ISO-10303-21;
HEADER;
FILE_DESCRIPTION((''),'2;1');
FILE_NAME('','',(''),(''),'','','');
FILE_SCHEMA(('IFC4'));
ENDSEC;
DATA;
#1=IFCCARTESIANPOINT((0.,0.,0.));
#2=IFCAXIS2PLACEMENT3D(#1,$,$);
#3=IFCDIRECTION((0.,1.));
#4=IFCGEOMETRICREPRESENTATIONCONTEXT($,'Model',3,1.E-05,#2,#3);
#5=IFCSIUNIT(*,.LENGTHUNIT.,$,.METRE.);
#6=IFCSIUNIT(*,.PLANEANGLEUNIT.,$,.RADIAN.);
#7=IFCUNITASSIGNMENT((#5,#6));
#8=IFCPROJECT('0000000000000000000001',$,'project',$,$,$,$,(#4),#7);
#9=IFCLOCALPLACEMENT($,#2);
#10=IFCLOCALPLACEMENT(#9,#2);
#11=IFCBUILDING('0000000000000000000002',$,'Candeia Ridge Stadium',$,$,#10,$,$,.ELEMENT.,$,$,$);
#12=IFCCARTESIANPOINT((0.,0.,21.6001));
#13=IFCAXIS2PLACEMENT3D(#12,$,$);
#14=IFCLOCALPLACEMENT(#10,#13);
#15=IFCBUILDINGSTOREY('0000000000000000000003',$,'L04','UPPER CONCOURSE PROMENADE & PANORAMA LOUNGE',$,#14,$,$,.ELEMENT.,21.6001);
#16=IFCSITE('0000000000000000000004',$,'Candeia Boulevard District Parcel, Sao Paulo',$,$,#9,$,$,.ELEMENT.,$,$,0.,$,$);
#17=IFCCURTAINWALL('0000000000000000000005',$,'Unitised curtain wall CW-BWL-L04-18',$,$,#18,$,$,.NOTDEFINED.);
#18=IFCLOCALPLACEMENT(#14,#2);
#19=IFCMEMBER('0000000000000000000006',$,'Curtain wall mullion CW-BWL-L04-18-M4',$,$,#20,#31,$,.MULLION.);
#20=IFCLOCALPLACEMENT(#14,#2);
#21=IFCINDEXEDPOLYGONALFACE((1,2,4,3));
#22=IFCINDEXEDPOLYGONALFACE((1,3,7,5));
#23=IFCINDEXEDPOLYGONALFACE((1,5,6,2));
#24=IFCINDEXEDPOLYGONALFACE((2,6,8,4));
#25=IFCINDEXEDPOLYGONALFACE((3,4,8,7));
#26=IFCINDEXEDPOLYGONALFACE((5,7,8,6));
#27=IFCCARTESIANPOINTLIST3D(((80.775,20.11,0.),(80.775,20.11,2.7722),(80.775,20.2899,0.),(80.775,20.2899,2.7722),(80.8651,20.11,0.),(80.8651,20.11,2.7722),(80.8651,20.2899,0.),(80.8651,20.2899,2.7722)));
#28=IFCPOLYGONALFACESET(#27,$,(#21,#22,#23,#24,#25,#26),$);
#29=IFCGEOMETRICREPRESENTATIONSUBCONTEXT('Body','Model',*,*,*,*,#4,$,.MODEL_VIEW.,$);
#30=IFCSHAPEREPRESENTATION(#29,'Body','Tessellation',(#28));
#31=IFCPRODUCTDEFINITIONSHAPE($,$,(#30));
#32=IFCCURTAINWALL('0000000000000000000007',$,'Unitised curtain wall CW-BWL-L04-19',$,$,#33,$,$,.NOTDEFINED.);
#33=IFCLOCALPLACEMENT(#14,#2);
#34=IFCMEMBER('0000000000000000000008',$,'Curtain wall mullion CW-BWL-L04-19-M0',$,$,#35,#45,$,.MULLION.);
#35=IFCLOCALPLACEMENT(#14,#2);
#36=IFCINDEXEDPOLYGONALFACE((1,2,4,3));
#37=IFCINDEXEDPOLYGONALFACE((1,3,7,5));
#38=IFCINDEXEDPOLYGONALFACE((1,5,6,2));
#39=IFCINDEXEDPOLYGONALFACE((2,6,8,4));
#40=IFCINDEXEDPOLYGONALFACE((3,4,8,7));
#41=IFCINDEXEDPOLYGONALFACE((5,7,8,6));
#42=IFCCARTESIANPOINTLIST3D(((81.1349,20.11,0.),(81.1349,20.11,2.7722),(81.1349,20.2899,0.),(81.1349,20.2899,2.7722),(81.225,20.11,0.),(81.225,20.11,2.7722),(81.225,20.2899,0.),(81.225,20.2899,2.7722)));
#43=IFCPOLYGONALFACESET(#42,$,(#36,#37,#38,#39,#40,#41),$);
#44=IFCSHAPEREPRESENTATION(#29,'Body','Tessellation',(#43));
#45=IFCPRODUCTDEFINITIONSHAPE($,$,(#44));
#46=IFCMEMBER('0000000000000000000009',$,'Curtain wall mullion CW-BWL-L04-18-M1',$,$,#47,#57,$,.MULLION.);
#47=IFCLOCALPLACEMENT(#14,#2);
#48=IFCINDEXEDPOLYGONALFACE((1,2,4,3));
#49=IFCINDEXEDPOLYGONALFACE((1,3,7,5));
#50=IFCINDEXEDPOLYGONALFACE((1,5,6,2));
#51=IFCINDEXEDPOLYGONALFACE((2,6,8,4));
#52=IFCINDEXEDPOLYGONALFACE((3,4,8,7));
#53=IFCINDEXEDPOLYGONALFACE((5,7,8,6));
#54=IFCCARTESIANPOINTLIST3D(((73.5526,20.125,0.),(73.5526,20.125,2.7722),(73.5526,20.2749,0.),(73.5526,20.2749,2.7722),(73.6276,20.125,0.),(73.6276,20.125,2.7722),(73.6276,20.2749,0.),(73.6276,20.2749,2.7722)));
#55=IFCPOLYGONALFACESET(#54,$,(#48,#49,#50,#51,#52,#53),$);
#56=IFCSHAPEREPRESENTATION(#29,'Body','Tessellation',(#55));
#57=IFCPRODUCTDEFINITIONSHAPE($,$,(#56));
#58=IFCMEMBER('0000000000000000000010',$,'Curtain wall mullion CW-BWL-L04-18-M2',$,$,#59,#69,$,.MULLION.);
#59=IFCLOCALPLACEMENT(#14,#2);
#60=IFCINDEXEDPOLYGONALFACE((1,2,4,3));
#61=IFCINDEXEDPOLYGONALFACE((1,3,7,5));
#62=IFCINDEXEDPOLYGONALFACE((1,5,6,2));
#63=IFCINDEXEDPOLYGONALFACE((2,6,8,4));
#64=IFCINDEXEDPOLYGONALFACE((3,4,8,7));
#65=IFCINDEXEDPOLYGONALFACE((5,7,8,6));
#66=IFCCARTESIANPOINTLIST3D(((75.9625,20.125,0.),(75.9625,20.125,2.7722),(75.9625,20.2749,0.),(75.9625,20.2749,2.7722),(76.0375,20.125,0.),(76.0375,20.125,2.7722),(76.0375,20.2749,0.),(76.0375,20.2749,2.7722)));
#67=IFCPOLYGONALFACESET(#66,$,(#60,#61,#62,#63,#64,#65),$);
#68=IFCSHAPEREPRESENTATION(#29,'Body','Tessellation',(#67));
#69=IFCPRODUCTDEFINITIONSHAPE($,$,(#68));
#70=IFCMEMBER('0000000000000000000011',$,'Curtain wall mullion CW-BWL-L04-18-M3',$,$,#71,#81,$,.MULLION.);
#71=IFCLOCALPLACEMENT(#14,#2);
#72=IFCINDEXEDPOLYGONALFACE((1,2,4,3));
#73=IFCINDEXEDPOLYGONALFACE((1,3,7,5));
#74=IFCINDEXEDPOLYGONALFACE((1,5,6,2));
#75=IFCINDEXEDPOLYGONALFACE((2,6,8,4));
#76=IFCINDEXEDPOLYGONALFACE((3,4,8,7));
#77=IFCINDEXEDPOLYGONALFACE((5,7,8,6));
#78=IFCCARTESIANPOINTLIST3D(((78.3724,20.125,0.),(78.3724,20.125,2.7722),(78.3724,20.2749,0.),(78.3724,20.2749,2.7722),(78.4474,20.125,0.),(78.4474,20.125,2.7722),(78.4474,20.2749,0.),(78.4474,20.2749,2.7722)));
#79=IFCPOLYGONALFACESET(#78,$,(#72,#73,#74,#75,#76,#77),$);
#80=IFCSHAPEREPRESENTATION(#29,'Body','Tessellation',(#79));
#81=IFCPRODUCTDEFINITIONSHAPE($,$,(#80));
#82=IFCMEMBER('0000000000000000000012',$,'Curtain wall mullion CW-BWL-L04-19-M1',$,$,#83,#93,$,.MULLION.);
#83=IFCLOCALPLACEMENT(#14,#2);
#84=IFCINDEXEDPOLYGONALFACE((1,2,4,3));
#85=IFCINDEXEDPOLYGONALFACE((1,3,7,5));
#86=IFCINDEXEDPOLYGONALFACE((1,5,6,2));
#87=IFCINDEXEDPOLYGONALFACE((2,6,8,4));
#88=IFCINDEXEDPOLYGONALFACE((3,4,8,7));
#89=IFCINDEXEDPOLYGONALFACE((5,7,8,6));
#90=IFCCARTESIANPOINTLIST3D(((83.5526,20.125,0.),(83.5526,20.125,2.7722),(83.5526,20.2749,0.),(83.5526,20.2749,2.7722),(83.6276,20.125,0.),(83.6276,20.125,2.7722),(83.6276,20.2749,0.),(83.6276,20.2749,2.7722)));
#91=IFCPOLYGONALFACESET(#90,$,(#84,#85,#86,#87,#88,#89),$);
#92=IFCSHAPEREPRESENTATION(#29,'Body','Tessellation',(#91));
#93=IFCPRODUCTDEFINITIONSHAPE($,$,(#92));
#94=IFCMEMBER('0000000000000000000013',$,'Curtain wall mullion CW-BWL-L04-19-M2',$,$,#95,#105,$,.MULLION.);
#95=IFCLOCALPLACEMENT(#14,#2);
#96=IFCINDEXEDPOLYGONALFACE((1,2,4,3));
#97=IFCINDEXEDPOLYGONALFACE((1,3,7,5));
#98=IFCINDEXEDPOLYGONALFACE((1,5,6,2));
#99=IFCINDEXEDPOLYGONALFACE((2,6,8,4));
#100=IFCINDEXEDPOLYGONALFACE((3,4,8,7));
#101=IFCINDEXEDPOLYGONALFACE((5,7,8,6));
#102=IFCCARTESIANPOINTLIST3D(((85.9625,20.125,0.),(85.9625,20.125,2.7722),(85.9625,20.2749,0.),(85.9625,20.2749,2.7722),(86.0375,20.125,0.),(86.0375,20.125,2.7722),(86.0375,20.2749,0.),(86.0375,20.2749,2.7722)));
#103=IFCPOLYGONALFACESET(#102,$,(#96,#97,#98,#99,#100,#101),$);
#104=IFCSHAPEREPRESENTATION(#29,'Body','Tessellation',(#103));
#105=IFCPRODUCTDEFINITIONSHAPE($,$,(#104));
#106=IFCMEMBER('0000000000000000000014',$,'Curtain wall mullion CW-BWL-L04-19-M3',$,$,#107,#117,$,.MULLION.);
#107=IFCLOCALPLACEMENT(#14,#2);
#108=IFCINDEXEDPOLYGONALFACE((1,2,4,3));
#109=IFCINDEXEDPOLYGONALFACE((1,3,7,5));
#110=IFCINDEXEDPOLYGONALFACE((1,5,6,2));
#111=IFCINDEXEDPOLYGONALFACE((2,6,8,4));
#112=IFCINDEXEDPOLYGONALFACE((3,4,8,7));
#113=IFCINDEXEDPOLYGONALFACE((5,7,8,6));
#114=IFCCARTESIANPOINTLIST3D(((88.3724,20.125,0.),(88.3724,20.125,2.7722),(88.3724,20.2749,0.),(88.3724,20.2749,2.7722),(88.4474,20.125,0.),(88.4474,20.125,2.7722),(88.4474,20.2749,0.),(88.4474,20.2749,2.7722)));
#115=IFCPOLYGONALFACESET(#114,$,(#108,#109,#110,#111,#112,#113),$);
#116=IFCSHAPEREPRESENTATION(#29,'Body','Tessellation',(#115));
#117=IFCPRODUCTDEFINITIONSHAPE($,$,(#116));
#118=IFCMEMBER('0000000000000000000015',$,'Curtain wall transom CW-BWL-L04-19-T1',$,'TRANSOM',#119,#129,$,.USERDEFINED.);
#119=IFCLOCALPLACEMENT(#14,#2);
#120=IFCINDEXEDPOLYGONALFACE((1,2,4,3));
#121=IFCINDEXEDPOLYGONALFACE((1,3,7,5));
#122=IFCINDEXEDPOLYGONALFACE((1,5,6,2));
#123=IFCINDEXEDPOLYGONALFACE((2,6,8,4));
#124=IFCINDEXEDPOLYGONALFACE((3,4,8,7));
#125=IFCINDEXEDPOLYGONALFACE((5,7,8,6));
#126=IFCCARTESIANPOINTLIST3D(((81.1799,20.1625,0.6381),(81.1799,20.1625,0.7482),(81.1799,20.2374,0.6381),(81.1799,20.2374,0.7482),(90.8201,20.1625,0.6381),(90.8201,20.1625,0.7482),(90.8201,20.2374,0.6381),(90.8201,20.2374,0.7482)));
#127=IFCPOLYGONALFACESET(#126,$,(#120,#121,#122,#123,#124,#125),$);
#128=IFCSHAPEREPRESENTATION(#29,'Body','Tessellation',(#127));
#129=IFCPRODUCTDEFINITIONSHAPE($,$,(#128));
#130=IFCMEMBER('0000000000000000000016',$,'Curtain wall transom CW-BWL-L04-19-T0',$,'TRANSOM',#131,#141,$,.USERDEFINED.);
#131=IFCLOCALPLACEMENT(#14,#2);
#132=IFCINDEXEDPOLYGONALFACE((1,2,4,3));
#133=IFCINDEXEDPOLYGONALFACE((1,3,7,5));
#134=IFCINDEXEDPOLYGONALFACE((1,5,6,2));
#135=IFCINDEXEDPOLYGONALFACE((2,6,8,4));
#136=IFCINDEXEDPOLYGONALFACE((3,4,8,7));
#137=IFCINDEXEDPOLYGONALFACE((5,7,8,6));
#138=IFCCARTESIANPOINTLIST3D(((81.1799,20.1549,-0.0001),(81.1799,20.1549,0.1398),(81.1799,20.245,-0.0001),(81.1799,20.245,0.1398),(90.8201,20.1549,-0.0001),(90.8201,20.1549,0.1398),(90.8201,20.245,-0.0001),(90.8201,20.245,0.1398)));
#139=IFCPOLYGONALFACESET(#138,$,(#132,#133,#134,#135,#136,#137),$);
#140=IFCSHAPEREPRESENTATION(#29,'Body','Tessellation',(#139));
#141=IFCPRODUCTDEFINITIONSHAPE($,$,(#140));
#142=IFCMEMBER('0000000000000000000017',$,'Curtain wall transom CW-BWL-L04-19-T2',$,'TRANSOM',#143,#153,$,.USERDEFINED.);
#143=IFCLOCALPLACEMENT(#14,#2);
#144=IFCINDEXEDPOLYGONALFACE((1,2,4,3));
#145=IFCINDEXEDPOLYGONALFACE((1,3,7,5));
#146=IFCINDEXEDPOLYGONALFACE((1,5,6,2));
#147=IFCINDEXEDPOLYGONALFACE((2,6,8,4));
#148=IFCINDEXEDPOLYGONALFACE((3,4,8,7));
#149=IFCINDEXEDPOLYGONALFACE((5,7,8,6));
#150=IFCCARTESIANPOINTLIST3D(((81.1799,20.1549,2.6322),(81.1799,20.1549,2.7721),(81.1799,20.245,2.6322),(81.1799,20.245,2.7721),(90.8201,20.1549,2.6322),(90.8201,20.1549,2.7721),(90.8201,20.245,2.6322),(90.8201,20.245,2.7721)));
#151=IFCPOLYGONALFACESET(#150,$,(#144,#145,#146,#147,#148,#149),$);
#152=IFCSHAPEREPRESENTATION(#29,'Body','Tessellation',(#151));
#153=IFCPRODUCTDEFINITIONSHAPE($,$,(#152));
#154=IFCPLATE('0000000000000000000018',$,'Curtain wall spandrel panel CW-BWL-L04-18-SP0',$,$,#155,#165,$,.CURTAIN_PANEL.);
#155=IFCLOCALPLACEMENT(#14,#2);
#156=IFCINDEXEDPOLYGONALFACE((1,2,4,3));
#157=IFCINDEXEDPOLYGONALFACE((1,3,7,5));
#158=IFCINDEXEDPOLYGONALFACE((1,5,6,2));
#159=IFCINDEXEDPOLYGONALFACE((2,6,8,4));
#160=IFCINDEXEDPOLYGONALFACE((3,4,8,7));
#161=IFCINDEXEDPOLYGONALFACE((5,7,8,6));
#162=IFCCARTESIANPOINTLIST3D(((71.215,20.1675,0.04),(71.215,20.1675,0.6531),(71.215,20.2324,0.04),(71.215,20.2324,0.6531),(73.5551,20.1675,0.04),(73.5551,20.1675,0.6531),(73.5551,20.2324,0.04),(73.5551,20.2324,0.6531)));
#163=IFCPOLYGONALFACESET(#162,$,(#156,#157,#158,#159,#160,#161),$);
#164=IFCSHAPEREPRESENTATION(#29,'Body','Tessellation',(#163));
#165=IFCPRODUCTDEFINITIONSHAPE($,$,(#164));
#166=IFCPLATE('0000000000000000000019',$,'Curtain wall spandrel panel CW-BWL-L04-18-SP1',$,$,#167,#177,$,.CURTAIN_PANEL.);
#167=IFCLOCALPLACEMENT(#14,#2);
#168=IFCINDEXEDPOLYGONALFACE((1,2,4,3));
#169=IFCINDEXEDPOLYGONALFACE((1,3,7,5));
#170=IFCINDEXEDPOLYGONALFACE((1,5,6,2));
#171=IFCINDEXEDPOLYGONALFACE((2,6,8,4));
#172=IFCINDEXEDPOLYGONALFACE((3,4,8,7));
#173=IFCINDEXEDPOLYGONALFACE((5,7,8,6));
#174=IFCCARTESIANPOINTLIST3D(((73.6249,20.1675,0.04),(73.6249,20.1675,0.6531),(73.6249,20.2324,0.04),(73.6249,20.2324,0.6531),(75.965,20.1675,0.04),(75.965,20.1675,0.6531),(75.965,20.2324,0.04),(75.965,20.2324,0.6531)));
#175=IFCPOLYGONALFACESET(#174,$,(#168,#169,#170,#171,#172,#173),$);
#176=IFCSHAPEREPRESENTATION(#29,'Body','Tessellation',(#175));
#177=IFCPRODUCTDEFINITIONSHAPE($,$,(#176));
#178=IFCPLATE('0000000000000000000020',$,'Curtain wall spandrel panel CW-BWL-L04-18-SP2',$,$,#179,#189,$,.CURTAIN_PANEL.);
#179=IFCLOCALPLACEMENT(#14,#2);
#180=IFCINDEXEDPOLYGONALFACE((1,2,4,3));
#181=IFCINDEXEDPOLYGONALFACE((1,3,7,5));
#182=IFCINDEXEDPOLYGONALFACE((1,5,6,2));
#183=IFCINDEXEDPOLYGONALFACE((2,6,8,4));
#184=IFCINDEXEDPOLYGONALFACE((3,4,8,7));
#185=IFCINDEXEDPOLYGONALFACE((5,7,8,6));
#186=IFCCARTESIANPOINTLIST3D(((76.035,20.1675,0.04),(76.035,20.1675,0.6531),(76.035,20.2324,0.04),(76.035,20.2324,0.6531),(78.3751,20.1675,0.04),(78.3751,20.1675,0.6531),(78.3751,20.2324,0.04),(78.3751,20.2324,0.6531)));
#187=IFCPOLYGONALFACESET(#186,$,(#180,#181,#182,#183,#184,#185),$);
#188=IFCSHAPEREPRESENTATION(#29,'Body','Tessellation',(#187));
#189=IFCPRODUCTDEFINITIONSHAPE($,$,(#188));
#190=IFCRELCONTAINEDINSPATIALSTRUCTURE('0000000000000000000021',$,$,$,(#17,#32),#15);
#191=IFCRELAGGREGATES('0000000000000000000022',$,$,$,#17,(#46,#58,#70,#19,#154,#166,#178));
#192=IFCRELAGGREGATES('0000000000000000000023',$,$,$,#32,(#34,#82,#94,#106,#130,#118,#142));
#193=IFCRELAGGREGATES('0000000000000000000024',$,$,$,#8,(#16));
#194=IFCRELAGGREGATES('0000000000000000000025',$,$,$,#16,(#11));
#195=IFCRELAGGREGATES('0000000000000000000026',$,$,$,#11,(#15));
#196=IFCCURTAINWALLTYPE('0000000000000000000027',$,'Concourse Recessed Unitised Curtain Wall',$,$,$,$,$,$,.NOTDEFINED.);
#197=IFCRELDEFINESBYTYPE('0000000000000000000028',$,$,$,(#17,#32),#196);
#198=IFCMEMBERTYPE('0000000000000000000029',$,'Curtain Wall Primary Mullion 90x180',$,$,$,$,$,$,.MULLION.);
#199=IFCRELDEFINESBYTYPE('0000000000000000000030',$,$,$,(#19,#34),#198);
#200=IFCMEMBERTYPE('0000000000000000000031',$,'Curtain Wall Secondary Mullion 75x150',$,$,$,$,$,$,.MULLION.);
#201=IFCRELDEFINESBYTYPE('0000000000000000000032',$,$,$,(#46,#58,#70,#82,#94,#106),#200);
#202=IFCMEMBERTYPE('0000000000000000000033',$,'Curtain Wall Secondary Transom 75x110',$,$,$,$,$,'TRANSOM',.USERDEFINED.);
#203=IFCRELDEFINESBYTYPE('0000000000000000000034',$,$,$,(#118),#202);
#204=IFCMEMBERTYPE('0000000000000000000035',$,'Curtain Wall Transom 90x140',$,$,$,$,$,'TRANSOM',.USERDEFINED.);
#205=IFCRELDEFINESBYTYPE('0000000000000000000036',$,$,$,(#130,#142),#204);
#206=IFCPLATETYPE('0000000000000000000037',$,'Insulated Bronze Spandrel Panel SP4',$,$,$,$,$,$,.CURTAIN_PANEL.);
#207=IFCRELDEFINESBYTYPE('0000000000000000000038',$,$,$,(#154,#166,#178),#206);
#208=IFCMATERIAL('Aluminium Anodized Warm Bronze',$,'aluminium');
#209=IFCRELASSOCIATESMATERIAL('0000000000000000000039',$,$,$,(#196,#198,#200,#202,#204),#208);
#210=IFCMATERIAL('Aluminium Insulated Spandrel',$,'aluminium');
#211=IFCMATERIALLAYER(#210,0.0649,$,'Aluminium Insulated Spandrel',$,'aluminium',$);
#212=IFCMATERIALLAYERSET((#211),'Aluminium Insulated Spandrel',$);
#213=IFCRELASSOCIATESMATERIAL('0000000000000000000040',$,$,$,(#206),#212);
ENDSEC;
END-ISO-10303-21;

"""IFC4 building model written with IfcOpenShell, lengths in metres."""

from ifc_helpers import new_model, si_unit, direction, frame, origin, origin_2d, place, context, subcontext, project, spatial, rectangle, extrude, material, layer, layer_set, material_profile, profile_set, type_object, element, aggregate, save


model = new_model("IFC4")

# Units and contexts
model_context = context("Model", 3, precision=1e-05, world=origin(), true_north=direction((0.0, 1.0)))
body_context = subcontext(model_context, "Body", "Model", "MODEL_VIEW")
ifc_project = project(units=[si_unit("LENGTHUNIT", "METRE"), si_unit("PLANEANGLEUNIT", "RADIAN")], contexts=[model_context])

# Site, building, storey
site_placement = place(None, origin())
site = spatial("IfcSite", under=ifc_project, at=site_placement, Name="Candeia Boulevard District Parcel, Sao Paulo", CompositionType="ELEMENT", RefElevation=0.0)
building_placement = place(site_placement, origin())
building = spatial("IfcBuilding", under=site, at=building_placement, Name="Candeia Ridge Stadium", CompositionType="ELEMENT")
storey_placement = place(building_placement, frame((0.0, 0.0, 21.6001)))
storey = spatial("IfcBuildingStorey", under=building, at=storey_placement, Name="L04", Description="UPPER CONCOURSE PROMENADE & PANORAMA LOUNGE", CompositionType="ELEMENT", Elevation=21.6001)

# Curtain walls, members
ifc_material_1 = material(Name="Aluminium Anodized Warm Bronze", Category="aluminium")
curtain_wall_type = type_object("IfcCurtainWallType", Name="Concourse Recessed Unitised Curtain Wall", PredefinedType="NOTDEFINED", material=ifc_material_1)
curtain_wall_1_placement = place(storey_placement, origin())
curtain_wall_1 = element("IfcCurtainWall", 1, at=curtain_wall_1_placement, inside=storey, type_object=curtain_wall_type, Name="Unitised curtain wall CW-BWL-L04-18", PredefinedType="NOTDEFINED")
ifc_material_profile_1 = material_profile(ifc_material_1, rectangle(XDim=0.0901, YDim=0.1799, at=origin_2d()), Name="CWM-90x180", Category="aluminium")
ifc_profile_set_1 = profile_set([ifc_material_profile_1], Name="Aluminium Anodized Warm Bronze")
member_type_1 = type_object("IfcMemberType", Name="Curtain Wall Primary Mullion 90x180", PredefinedType="MULLION", material=ifc_profile_set_1)
member_1_placement = place(storey_placement, frame((80.8201, 20.2, 0.0), z_axis=(0.0, 0.0, 1.0), x_axis=(1.0, 0.0, 0.0)))
member_1 = element("IfcMember", 2, at=member_1_placement, type_object=member_type_1, Name="Curtain wall mullion CW-BWL-L04-18-M4", PredefinedType="MULLION", context=body_context, shape_type="SweptSolid", body=[
    extrude(rectangle(XDim=0.0901, YDim=0.1799, at=origin_2d()), origin(), (0.0, 0.0, 1.0), 2.7722),
])
curtain_wall_2_placement = place(storey_placement, origin())
curtain_wall_2 = element("IfcCurtainWall", 3, at=curtain_wall_2_placement, inside=storey, type_object=curtain_wall_type, Name="Unitised curtain wall CW-BWL-L04-19", PredefinedType="NOTDEFINED")
member_2_placement = place(storey_placement, frame((81.1799, 20.2, 0.0), z_axis=(0.0, 0.0, 1.0), x_axis=(1.0, 0.0, 0.0)))
member_2 = element("IfcMember", 4, at=member_2_placement, type_object=member_type_1, Name="Curtain wall mullion CW-BWL-L04-19-M0", PredefinedType="MULLION", context=body_context, shape_type="SweptSolid", body=[
    extrude(rectangle(XDim=0.0901, YDim=0.1799, at=origin_2d()), origin(), (0.0, 0.0, 1.0), 2.7722),
])

# Members
ifc_material_profile_2 = material_profile(ifc_material_1, rectangle(XDim=0.075, YDim=0.1499, at=origin_2d()), Name="CWM-75x150", Category="aluminium")
ifc_profile_set_2 = profile_set([ifc_material_profile_2], Name="Aluminium Anodized Warm Bronze")
member_type_2 = type_object("IfcMemberType", Name="Curtain Wall Secondary Mullion 75x150", PredefinedType="MULLION", material=ifc_profile_set_2)
member_3_placement = place(storey_placement, frame((73.5901, 20.2, 0.0), z_axis=(0.0, 0.0, 1.0), x_axis=(1.0, 0.0, 0.0)))
member_3 = element("IfcMember", 5, at=member_3_placement, type_object=member_type_2, Name="Curtain wall mullion CW-BWL-L04-18-M1", PredefinedType="MULLION", context=body_context, shape_type="SweptSolid", body=[
    extrude(rectangle(XDim=0.075, YDim=0.1499, at=origin_2d()), origin(), (0.0, 0.0, 1.0), 2.7722),
])
member_4_placement = place(storey_placement, frame((76.0, 20.2, 0.0), z_axis=(0.0, 0.0, 1.0), x_axis=(1.0, 0.0, 0.0)))
member_4 = element("IfcMember", 6, at=member_4_placement, type_object=member_type_2, Name="Curtain wall mullion CW-BWL-L04-18-M2", PredefinedType="MULLION", context=body_context, shape_type="SweptSolid", body=[
    extrude(rectangle(XDim=0.075, YDim=0.1499, at=origin_2d()), origin(), (0.0, 0.0, 1.0), 2.7722),
])
member_5_placement = place(storey_placement, frame((78.4099, 20.2, 0.0), z_axis=(0.0, 0.0, 1.0), x_axis=(1.0, 0.0, 0.0)))
member_5 = element("IfcMember", 7, at=member_5_placement, type_object=member_type_2, Name="Curtain wall mullion CW-BWL-L04-18-M3", PredefinedType="MULLION", context=body_context, shape_type="SweptSolid", body=[
    extrude(rectangle(XDim=0.075, YDim=0.1499, at=origin_2d()), origin(), (0.0, 0.0, 1.0), 2.7722),
])
member_6_placement = place(storey_placement, frame((83.5901, 20.2, 0.0), z_axis=(0.0, 0.0, 1.0), x_axis=(1.0, 0.0, 0.0)))
member_6 = element("IfcMember", 8, at=member_6_placement, type_object=member_type_2, Name="Curtain wall mullion CW-BWL-L04-19-M1", PredefinedType="MULLION", context=body_context, shape_type="SweptSolid", body=[
    extrude(rectangle(XDim=0.075, YDim=0.1499, at=origin_2d()), origin(), (0.0, 0.0, 1.0), 2.7722),
])
member_7_placement = place(storey_placement, frame((86.0, 20.2, 0.0), z_axis=(0.0, 0.0, 1.0), x_axis=(1.0, 0.0, 0.0)))
member_7 = element("IfcMember", 9, at=member_7_placement, type_object=member_type_2, Name="Curtain wall mullion CW-BWL-L04-19-M2", PredefinedType="MULLION", context=body_context, shape_type="SweptSolid", body=[
    extrude(rectangle(XDim=0.075, YDim=0.1499, at=origin_2d()), origin(), (0.0, 0.0, 1.0), 2.7722),
])
member_8_placement = place(storey_placement, frame((88.4099, 20.2, 0.0), z_axis=(0.0, 0.0, 1.0), x_axis=(1.0, 0.0, 0.0)))
member_8 = element("IfcMember", 10, at=member_8_placement, type_object=member_type_2, Name="Curtain wall mullion CW-BWL-L04-19-M3", PredefinedType="MULLION", context=body_context, shape_type="SweptSolid", body=[
    extrude(rectangle(XDim=0.075, YDim=0.1499, at=origin_2d()), origin(), (0.0, 0.0, 1.0), 2.7722),
])
ifc_material_profile_3 = material_profile(ifc_material_1, rectangle(XDim=0.075, YDim=0.1101, at=origin_2d()), Name="CWT-75x110", Category="aluminium")
ifc_profile_set_3 = profile_set([ifc_material_profile_3], Name="Aluminium Anodized Warm Bronze")
member_type_3 = type_object("IfcMemberType", Name="Curtain Wall Secondary Transom 75x110", ElementType="TRANSOM", PredefinedType="USERDEFINED", material=ifc_profile_set_3)
member_9_placement = place(storey_placement, frame((81.1799, 20.2, 0.6931), z_axis=(1.0, 0.0, 0.0), x_axis=(0.0, 1.0, 0.0)))
member_9 = element("IfcMember", 11, at=member_9_placement, type_object=member_type_3, Name="Curtain wall transom CW-BWL-L04-19-T1", ObjectType="TRANSOM", PredefinedType="USERDEFINED", context=body_context, shape_type="SweptSolid", body=[
    extrude(rectangle(XDim=0.075, YDim=0.1101, at=origin_2d()), origin(), (0.0, 0.0, 1.0), 9.6401),
])
ifc_material_profile_4 = material_profile(ifc_material_1, rectangle(XDim=0.0901, YDim=0.1399, at=origin_2d()), Name="CWT-90x140", Category="aluminium")
ifc_profile_set_4 = profile_set([ifc_material_profile_4], Name="Aluminium Anodized Warm Bronze")
member_type_4 = type_object("IfcMemberType", Name="Curtain Wall Transom 90x140", ElementType="TRANSOM", PredefinedType="USERDEFINED", material=ifc_profile_set_4)
member_10_placement = place(storey_placement, frame((81.1799, 20.2, 0.0698), z_axis=(1.0, 0.0, 0.0), x_axis=(0.0, 1.0, 0.0)))
member_10 = element("IfcMember", 12, at=member_10_placement, type_object=member_type_4, Name="Curtain wall transom CW-BWL-L04-19-T0", ObjectType="TRANSOM", PredefinedType="USERDEFINED", context=body_context, shape_type="SweptSolid", body=[
    extrude(rectangle(XDim=0.0901, YDim=0.1399, at=origin_2d()), origin(), (0.0, 0.0, 1.0), 9.6401),
])
member_11_placement = place(storey_placement, frame((81.1799, 20.2, 2.7021), z_axis=(1.0, 0.0, 0.0), x_axis=(0.0, 1.0, 0.0)))
member_11 = element("IfcMember", 13, at=member_11_placement, type_object=member_type_4, Name="Curtain wall transom CW-BWL-L04-19-T2", ObjectType="TRANSOM", PredefinedType="USERDEFINED", context=body_context, shape_type="SweptSolid", body=[
    extrude(rectangle(XDim=0.0901, YDim=0.1399, at=origin_2d()), origin(), (0.0, 0.0, 1.0), 9.6401),
])

# Plates
ifc_material_2 = material(Name="Aluminium Insulated Spandrel", Category="aluminium")
ifc_layer_1 = layer(ifc_material_2, 0.0649, Name="Aluminium Insulated Spandrel", Category="aluminium")
ifc_layer_set_1 = layer_set([ifc_layer_1], Name="Aluminium Insulated Spandrel")
plate_type_1 = type_object("IfcPlateType", Name="Insulated Bronze Spandrel Panel SP4", PredefinedType="CURTAIN_PANEL", material=ifc_layer_set_1)
plate_1_placement = place(storey_placement, frame((72.385, 20.2, 0.04), z_axis=(0.0, 0.0, 1.0), x_axis=(1.0, 0.0, 0.0)))
plate_1 = element("IfcPlate", 14, at=plate_1_placement, type_object=plate_type_1, Name="Curtain wall spandrel panel CW-BWL-L04-18-SP0", PredefinedType="CURTAIN_PANEL", context=body_context, shape_type="SweptSolid", body=[
    extrude(rectangle(XDim=2.3401, YDim=0.0649, at=origin_2d()), origin(), (0.0, 0.0, 1.0), 0.613),
])
plate_2_placement = place(storey_placement, frame((74.7949, 20.2, 0.04), z_axis=(0.0, 0.0, 1.0), x_axis=(1.0, 0.0, 0.0)))
plate_2 = element("IfcPlate", 15, at=plate_2_placement, type_object=plate_type_1, Name="Curtain wall spandrel panel CW-BWL-L04-18-SP1", PredefinedType="CURTAIN_PANEL", context=body_context, shape_type="SweptSolid", body=[
    extrude(rectangle(XDim=2.3401, YDim=0.0649, at=origin_2d()), origin(), (0.0, 0.0, 1.0), 0.613),
])
plate_3_placement = place(storey_placement, frame((77.2051, 20.2, 0.04), z_axis=(0.0, 0.0, 1.0), x_axis=(1.0, 0.0, 0.0)))
plate_3 = element("IfcPlate", 16, at=plate_3_placement, type_object=plate_type_1, Name="Curtain wall spandrel panel CW-BWL-L04-18-SP2", PredefinedType="CURTAIN_PANEL", context=body_context, shape_type="SweptSolid", body=[
    extrude(rectangle(XDim=2.3401, YDim=0.0649, at=origin_2d()), origin(), (0.0, 0.0, 1.0), 0.613),
])
aggregate(curtain_wall_1, [member_3, member_4, member_5, member_1, plate_1, plate_2, plate_3])
aggregate(curtain_wall_2, [member_2, member_6, member_7, member_8, member_10, member_9, member_11])

save(model, "model.ifc")
